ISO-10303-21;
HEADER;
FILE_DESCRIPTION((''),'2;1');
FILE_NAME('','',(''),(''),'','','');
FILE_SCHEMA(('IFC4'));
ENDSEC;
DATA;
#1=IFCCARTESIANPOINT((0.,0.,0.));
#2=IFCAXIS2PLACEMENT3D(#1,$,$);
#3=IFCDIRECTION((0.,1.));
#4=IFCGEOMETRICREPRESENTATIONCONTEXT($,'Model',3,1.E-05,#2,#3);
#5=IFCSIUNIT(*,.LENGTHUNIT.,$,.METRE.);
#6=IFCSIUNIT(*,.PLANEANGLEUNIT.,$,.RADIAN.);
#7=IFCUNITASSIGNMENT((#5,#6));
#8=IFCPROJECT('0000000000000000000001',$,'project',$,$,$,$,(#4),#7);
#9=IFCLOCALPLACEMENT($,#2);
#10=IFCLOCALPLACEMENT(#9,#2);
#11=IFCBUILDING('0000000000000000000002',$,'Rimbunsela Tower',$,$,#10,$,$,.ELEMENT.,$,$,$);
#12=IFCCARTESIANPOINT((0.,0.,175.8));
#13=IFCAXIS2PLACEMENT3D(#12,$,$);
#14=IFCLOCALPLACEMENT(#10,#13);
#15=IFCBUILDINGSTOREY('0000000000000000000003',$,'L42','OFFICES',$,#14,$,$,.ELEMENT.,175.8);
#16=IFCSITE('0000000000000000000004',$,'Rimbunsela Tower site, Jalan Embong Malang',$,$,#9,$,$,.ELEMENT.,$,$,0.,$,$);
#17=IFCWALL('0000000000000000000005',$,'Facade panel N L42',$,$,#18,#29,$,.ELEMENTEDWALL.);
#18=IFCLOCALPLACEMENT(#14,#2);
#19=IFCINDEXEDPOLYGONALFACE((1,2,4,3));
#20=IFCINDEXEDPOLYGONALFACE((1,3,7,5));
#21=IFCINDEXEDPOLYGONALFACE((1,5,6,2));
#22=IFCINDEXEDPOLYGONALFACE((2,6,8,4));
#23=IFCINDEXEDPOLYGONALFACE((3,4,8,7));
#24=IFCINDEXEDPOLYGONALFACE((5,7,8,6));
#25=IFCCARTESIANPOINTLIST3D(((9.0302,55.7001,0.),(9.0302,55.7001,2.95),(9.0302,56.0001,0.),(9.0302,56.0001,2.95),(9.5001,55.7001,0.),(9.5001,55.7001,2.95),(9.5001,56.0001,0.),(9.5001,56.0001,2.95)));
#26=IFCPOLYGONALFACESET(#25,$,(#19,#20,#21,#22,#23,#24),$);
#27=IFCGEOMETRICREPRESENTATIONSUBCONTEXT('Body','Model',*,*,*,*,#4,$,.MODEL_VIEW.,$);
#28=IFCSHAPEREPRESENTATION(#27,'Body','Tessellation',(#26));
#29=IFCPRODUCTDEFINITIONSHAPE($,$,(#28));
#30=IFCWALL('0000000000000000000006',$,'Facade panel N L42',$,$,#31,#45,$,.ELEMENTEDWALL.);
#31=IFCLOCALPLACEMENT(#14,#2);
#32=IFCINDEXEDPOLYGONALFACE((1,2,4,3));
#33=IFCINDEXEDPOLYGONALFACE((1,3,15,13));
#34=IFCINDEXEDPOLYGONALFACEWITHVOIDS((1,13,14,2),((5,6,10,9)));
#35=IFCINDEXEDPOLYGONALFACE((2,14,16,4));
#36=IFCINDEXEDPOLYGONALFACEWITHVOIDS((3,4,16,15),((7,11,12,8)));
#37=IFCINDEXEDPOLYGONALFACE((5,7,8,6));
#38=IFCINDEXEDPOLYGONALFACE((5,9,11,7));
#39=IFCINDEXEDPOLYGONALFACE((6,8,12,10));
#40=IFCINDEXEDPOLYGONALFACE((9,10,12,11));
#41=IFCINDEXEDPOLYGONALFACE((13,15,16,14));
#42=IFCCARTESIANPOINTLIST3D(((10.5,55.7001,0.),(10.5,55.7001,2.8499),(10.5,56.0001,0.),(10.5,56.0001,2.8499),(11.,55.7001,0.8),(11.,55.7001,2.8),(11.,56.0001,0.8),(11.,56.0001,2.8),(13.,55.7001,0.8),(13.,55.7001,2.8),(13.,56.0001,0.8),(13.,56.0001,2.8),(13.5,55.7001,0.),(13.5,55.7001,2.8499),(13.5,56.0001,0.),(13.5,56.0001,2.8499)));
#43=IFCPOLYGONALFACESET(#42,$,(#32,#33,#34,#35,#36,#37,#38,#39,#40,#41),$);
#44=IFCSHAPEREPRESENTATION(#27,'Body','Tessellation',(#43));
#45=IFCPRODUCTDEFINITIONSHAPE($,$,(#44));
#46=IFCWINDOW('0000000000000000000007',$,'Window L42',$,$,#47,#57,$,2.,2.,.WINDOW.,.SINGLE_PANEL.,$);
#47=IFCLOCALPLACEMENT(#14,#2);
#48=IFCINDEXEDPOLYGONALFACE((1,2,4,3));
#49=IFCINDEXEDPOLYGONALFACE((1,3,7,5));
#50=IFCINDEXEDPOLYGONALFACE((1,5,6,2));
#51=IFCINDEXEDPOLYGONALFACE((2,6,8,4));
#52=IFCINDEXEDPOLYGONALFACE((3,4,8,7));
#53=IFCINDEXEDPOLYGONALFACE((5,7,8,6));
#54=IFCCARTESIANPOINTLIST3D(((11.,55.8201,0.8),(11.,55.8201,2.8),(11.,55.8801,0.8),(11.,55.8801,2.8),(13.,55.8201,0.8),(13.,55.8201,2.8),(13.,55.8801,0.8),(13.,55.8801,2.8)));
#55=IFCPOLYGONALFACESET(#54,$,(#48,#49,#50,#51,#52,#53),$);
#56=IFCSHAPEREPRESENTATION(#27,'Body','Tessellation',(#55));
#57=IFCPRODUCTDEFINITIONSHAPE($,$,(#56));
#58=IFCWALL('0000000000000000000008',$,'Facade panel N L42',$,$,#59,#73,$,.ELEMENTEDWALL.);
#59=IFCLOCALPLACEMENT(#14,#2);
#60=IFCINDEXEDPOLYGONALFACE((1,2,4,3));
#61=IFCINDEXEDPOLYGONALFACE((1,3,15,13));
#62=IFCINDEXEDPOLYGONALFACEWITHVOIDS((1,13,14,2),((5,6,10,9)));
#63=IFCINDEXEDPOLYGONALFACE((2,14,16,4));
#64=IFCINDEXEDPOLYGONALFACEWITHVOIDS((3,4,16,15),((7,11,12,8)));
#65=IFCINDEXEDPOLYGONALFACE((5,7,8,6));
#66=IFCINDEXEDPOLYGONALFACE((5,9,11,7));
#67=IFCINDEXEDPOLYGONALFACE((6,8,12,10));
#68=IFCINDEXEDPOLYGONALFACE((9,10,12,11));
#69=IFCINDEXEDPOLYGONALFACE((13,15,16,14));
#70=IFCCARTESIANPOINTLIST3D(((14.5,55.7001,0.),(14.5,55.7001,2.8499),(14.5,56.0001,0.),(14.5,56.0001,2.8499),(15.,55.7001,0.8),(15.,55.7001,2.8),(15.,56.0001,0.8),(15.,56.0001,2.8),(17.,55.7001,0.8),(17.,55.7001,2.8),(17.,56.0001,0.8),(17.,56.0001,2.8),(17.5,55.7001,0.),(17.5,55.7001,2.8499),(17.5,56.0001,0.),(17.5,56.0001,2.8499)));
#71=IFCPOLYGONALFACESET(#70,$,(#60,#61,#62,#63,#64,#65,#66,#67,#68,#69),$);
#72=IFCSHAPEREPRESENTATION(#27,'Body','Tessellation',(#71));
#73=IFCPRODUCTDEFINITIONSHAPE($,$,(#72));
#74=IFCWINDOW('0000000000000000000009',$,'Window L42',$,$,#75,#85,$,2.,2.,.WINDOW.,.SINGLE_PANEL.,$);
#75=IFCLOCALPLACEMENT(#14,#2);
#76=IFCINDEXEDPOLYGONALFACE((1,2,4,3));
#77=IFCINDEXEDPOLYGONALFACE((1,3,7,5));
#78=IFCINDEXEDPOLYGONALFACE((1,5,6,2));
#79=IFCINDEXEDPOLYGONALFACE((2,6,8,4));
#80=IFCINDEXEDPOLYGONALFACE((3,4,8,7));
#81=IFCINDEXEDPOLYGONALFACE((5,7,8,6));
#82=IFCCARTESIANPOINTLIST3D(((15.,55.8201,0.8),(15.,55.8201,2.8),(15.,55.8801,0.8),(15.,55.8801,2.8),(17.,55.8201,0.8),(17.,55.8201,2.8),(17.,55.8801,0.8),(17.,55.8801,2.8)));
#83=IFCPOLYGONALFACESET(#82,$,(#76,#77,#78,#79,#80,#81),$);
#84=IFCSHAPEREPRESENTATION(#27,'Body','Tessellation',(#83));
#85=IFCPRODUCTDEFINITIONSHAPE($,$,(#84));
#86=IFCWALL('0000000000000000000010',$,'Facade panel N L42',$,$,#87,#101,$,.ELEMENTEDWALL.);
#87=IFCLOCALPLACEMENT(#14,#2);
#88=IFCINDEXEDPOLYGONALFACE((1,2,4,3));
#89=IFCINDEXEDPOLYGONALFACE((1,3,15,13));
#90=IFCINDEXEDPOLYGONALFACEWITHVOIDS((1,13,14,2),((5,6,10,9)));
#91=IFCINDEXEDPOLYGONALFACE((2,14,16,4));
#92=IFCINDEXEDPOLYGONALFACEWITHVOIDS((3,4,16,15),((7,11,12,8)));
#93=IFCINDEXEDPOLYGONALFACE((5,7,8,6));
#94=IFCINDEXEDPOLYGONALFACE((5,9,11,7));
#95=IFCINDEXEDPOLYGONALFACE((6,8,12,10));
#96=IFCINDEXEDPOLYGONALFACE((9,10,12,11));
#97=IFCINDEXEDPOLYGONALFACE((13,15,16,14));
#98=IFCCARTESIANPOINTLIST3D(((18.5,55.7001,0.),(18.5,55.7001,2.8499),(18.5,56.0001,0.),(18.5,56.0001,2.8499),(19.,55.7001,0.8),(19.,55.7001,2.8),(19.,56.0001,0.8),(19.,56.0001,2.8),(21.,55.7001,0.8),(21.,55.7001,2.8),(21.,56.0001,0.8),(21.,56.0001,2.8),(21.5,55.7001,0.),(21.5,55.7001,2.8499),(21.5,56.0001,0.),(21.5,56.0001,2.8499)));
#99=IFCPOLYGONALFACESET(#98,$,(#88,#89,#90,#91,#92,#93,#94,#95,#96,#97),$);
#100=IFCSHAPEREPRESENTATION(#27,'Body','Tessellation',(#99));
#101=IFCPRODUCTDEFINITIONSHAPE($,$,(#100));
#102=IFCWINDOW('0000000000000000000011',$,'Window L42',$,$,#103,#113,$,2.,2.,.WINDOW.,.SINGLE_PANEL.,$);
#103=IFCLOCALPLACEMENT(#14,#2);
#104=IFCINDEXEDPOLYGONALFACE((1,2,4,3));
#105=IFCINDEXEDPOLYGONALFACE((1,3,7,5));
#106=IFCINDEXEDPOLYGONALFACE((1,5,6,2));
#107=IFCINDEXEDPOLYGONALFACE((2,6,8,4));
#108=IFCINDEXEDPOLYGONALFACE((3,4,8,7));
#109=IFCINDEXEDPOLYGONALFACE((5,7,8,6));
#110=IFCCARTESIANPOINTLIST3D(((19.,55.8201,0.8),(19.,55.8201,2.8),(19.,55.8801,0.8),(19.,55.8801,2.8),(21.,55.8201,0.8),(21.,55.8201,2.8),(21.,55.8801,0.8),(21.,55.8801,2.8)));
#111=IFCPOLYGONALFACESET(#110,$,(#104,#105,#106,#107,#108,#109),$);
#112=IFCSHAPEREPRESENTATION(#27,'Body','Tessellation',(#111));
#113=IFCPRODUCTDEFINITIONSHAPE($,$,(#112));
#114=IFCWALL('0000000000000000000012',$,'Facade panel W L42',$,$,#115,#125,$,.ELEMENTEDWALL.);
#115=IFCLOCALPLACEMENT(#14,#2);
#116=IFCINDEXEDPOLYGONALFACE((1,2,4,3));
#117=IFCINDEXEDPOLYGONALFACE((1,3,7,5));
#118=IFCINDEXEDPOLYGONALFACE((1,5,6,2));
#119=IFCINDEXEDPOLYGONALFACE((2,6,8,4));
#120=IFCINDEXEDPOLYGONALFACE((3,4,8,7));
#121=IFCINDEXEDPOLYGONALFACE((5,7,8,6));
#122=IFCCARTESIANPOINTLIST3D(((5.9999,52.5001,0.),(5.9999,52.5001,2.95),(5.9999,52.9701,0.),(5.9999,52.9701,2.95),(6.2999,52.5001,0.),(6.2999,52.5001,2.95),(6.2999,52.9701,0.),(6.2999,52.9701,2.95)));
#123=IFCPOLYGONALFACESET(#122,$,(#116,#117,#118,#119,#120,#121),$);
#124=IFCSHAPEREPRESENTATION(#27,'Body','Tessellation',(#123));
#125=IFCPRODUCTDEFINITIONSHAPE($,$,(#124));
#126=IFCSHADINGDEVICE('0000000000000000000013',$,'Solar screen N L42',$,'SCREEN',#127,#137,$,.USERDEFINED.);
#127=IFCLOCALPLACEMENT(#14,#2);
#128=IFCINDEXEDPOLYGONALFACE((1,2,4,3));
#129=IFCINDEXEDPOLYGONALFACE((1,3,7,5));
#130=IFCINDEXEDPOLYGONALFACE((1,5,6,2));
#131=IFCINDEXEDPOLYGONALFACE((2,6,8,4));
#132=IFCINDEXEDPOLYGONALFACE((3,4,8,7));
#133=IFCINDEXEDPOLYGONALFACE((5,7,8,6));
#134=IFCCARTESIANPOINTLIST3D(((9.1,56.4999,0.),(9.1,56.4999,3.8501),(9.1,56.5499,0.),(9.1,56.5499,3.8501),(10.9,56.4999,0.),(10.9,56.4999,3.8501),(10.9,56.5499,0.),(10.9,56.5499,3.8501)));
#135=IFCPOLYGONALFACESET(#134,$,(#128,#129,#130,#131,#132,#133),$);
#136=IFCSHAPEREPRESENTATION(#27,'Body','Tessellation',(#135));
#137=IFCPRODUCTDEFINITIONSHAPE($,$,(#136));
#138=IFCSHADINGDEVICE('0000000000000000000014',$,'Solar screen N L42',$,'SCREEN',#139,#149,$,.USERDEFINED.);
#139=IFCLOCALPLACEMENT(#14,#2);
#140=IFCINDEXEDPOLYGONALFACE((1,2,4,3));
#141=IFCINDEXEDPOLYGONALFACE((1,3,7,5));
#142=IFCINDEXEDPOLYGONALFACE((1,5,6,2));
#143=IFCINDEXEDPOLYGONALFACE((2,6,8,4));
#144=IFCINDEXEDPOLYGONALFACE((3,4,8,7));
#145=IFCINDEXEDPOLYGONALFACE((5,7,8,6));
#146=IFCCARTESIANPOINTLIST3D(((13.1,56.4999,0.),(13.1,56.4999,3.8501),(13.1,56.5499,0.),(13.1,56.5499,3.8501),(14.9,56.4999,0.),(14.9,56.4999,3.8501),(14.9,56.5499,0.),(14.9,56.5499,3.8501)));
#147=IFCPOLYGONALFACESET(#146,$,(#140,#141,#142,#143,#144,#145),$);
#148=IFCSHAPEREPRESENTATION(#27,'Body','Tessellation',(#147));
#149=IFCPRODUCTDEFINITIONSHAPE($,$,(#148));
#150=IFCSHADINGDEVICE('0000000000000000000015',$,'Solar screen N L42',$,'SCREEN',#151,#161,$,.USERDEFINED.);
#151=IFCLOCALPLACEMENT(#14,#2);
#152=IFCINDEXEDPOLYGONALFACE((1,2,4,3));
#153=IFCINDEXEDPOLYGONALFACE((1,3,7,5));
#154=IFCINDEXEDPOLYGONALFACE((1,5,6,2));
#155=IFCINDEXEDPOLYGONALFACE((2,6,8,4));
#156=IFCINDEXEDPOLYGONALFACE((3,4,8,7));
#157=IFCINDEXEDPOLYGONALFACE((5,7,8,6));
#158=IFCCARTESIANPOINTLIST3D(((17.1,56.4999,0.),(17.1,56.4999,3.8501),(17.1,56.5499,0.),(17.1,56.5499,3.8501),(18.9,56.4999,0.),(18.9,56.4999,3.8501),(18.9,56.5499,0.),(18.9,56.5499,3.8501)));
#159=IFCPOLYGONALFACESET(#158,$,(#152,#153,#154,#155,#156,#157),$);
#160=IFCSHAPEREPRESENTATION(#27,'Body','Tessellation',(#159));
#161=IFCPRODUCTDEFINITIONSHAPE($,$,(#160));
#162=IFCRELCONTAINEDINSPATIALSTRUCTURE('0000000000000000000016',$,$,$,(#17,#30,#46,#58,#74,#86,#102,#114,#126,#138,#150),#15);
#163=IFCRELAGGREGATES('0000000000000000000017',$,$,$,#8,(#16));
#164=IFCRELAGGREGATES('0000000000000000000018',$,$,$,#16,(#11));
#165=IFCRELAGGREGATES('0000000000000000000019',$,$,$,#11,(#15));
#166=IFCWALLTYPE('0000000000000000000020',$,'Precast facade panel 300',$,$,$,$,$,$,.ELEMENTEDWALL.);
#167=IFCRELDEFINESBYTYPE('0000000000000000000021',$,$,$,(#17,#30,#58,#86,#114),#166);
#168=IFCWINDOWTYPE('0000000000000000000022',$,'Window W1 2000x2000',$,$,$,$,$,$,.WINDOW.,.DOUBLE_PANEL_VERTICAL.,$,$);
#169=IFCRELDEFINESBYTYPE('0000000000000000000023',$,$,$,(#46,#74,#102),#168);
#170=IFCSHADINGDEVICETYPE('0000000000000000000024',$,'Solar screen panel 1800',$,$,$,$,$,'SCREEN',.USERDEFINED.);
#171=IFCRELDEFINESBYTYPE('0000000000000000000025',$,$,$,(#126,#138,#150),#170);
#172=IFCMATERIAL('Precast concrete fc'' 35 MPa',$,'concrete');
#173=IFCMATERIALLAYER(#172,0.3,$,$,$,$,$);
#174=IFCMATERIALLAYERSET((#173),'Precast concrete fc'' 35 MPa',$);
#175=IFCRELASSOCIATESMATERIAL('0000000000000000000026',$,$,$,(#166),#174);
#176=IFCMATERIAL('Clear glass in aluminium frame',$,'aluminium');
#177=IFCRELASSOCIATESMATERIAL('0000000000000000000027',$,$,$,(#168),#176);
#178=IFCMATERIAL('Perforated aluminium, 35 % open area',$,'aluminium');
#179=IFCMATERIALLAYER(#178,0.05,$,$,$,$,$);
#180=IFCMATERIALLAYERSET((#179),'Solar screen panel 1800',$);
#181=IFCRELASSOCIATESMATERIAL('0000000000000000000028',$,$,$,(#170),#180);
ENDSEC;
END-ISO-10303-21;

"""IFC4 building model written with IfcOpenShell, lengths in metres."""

from ifc_helpers import new_model, si_unit, direction, frame, frame_2d, origin, origin_2d, place, context, subcontext, project, spatial, rectangle, extrude, material, layer, layer_set, type_object, element, fill, save


model = new_model("IFC4")

# Units and contexts
model_context = context("Model", 3, precision=1e-05, world=origin(), true_north=direction((0.0, 1.0)))
body_context = subcontext(model_context, "Body", "Model", "MODEL_VIEW")
ifc_project = project(units=[si_unit("LENGTHUNIT", "METRE"), si_unit("PLANEANGLEUNIT", "RADIAN")], contexts=[model_context])

# Site, building, storey
site_placement = place(None, origin())
site = spatial("IfcSite", under=ifc_project, at=site_placement, Name="Rimbunsela Tower site, Jalan Embong Malang", CompositionType="ELEMENT", RefElevation=0.0)
building_placement = place(site_placement, origin())
building = spatial("IfcBuilding", under=site, at=building_placement, Name="Rimbunsela Tower", CompositionType="ELEMENT")
storey_placement = place(building_placement, frame((0.0, 0.0, 175.8)))
storey = spatial("IfcBuildingStorey", under=building, at=storey_placement, Name="L42", Description="OFFICES", CompositionType="ELEMENT", Elevation=175.8)

# Wall
ifc_material_1 = material(Name="Precast concrete fc' 35 MPa", Category="concrete")
ifc_layer_1 = layer(ifc_material_1, 0.3)
ifc_layer_set_1 = layer_set([ifc_layer_1], Name="Precast concrete fc' 35 MPa")
wall_type = type_object("IfcWallType", Name="Precast facade panel 300", PredefinedType="ELEMENTEDWALL", material=ifc_layer_set_1)
wall_1_placement = place(storey_placement, frame((9.5, 55.8501, 0.0), z_axis=(0.0, 0.0, 1.0), x_axis=(-1.0, 0.0, 0.0)))
element("IfcWall", 1, at=wall_1_placement, inside=storey, type_object=wall_type, Name="Facade panel N L42", PredefinedType="ELEMENTEDWALL", context=body_context, shape_type="SweptSolid", body=[
    extrude(rectangle(XDim=0.47, YDim=0.3, at=frame_2d((0.2349, 0.0))), origin(), (0.0, 0.0, 1.0), 2.95),
])

# Walls, openings, windows
wall_2_placement = place(storey_placement, frame((13.5, 55.8501, 0.0), z_axis=(0.0, 0.0, 1.0), x_axis=(-1.0, 0.0, 0.0)))
wall_2 = element("IfcWall", 2, at=wall_2_placement, inside=storey, type_object=wall_type, Name="Facade panel N L42", PredefinedType="ELEMENTEDWALL", context=body_context, shape_type="SweptSolid", body=[
    extrude(rectangle(XDim=3.0, YDim=0.3, at=frame_2d((1.5, 0.0))), origin(), (0.0, 0.0, 1.0), 2.8499),
])
opening_1_placement = place(wall_2_placement, frame((0.5, 0.0, 0.8)))
opening_1 = element("IfcOpeningElement", 3, at=opening_1_placement, cuts=wall_2, PredefinedType="OPENING", context=body_context, shape_type="SweptSolid", body=[
    extrude(rectangle(XDim=2.0, YDim=2.0, at=frame_2d((1.0, 1.0))), frame((0.0, 0.1599, 0.0), z_axis=(0.0, -1.0, 0.0), x_axis=(1.0, 0.0, 0.0)), (0.0, 0.0, 1.0), 0.3201),
])
ifc_material_2 = material(Name="Clear glass in aluminium frame", Category="aluminium")
window_type = type_object("IfcWindowType", Name="Window W1 2000x2000", PartitioningType="DOUBLE_PANEL_VERTICAL", PredefinedType="WINDOW", material=ifc_material_2)
window_1_placement = place(opening_1_placement, origin())
window_1 = element("IfcWindow", 4, at=window_1_placement, inside=storey, type_object=window_type, Name="Window L42", OverallHeight=2.0, OverallWidth=2.0, PartitioningType="SINGLE_PANEL", PredefinedType="WINDOW", context=body_context, shape_type="SweptSolid", body=[
    extrude(rectangle(XDim=2.0, YDim=2.0, at=frame_2d((1.0, 1.0))), frame((0.0, 0.03, 0.0), z_axis=(0.0, -1.0, 0.0), x_axis=(1.0, 0.0, 0.0)), (0.0, 0.0, 1.0), 0.0601),
])
fill(opening_1, window_1)
wall_3_placement = place(storey_placement, frame((17.5, 55.8501, 0.0), z_axis=(0.0, 0.0, 1.0), x_axis=(-1.0, 0.0, 0.0)))
wall_3 = element("IfcWall", 5, at=wall_3_placement, inside=storey, type_object=wall_type, Name="Facade panel N L42", PredefinedType="ELEMENTEDWALL", context=body_context, shape_type="SweptSolid", body=[
    extrude(rectangle(XDim=3.0, YDim=0.3, at=frame_2d((1.5, 0.0))), origin(), (0.0, 0.0, 1.0), 2.8499),
])
opening_2_placement = place(wall_3_placement, frame((0.5, 0.0, 0.8)))
opening_2 = element("IfcOpeningElement", 6, at=opening_2_placement, cuts=wall_3, PredefinedType="OPENING", context=body_context, shape_type="SweptSolid", body=[
    extrude(rectangle(XDim=2.0, YDim=2.0, at=frame_2d((1.0, 1.0))), frame((0.0, 0.1599, 0.0), z_axis=(0.0, -1.0, 0.0), x_axis=(1.0, 0.0, 0.0)), (0.0, 0.0, 1.0), 0.3201),
])
window_2_placement = place(opening_2_placement, origin())
window_2 = element("IfcWindow", 7, at=window_2_placement, inside=storey, type_object=window_type, Name="Window L42", OverallHeight=2.0, OverallWidth=2.0, PartitioningType="SINGLE_PANEL", PredefinedType="WINDOW", context=body_context, shape_type="SweptSolid", body=[
    extrude(rectangle(XDim=2.0, YDim=2.0, at=frame_2d((1.0, 1.0))), frame((0.0, 0.03, 0.0), z_axis=(0.0, -1.0, 0.0), x_axis=(1.0, 0.0, 0.0)), (0.0, 0.0, 1.0), 0.0601),
])
fill(opening_2, window_2)
wall_4_placement = place(storey_placement, frame((21.5, 55.8501, 0.0), z_axis=(0.0, 0.0, 1.0), x_axis=(-1.0, 0.0, 0.0)))
wall_4 = element("IfcWall", 8, at=wall_4_placement, inside=storey, type_object=wall_type, Name="Facade panel N L42", PredefinedType="ELEMENTEDWALL", context=body_context, shape_type="SweptSolid", body=[
    extrude(rectangle(XDim=3.0, YDim=0.3, at=frame_2d((1.5, 0.0))), origin(), (0.0, 0.0, 1.0), 2.8499),
])
opening_3_placement = place(wall_4_placement, frame((0.5, 0.0, 0.8)))
opening_3 = element("IfcOpeningElement", 9, at=opening_3_placement, cuts=wall_4, PredefinedType="OPENING", context=body_context, shape_type="SweptSolid", body=[
    extrude(rectangle(XDim=2.0, YDim=2.0, at=frame_2d((1.0, 1.0))), frame((0.0, 0.1599, 0.0), z_axis=(0.0, -1.0, 0.0), x_axis=(1.0, 0.0, 0.0)), (0.0, 0.0, 1.0), 0.3201),
])
window_3_placement = place(opening_3_placement, origin())
window_3 = element("IfcWindow", 10, at=window_3_placement, inside=storey, type_object=window_type, Name="Window L42", OverallHeight=2.0, OverallWidth=2.0, PartitioningType="SINGLE_PANEL", PredefinedType="WINDOW", context=body_context, shape_type="SweptSolid", body=[
    extrude(rectangle(XDim=2.0, YDim=2.0, at=frame_2d((1.0, 1.0))), frame((0.0, 0.03, 0.0), z_axis=(0.0, -1.0, 0.0), x_axis=(1.0, 0.0, 0.0)), (0.0, 0.0, 1.0), 0.0601),
])
fill(opening_3, window_3)

# Wall
wall_5_placement = place(storey_placement, frame((6.1499, 52.97, 0.0), z_axis=(0.0, 0.0, 1.0), x_axis=(0.0, -1.0, 0.0)))
element("IfcWall", 11, at=wall_5_placement, inside=storey, type_object=wall_type, Name="Facade panel W L42", PredefinedType="ELEMENTEDWALL", context=body_context, shape_type="SweptSolid", body=[
    extrude(rectangle(XDim=0.47, YDim=0.3, at=frame_2d((0.2349, 0.0))), origin(), (0.0, 0.0, 1.0), 2.95),
])

# Shading devices
ifc_material_3 = material(Name="Perforated aluminium, 35 % open area", Category="aluminium")
ifc_layer_2 = layer(ifc_material_3, 0.05)
ifc_layer_set_2 = layer_set([ifc_layer_2], Name="Solar screen panel 1800")
shading_device_type = type_object("IfcShadingDeviceType", Name="Solar screen panel 1800", ElementType="SCREEN", PredefinedType="USERDEFINED", material=ifc_layer_set_2)
for number, where, z_axis, x_axis, name in (
    (12, (10.0, 56.5249, 0.0), (0.0, 0.0, 1.0), (1.0, 0.0, 0.0), "Solar screen N L42"),
    (13, (14.0, 56.5249, 0.0), (0.0, 0.0, 1.0), (1.0, 0.0, 0.0), "Solar screen N L42"),
    (14, (18.0, 56.5249, 0.0), (0.0, 0.0, 1.0), (1.0, 0.0, 0.0), "Solar screen N L42"),
):
    element("IfcShadingDevice", number, at=place(storey_placement, frame(where, z_axis=z_axis, x_axis=x_axis)), inside=storey, type_object=shading_device_type, Name=name, ObjectType="SCREEN", PredefinedType="USERDEFINED", context=body_context, shape_type="SweptSolid", body=[
        extrude(rectangle(XDim=1.8, YDim=0.05, at=origin_2d()), origin(), (0.0, 0.0, 1.0), 3.8501),
    ])

save(model, "model.ifc")
